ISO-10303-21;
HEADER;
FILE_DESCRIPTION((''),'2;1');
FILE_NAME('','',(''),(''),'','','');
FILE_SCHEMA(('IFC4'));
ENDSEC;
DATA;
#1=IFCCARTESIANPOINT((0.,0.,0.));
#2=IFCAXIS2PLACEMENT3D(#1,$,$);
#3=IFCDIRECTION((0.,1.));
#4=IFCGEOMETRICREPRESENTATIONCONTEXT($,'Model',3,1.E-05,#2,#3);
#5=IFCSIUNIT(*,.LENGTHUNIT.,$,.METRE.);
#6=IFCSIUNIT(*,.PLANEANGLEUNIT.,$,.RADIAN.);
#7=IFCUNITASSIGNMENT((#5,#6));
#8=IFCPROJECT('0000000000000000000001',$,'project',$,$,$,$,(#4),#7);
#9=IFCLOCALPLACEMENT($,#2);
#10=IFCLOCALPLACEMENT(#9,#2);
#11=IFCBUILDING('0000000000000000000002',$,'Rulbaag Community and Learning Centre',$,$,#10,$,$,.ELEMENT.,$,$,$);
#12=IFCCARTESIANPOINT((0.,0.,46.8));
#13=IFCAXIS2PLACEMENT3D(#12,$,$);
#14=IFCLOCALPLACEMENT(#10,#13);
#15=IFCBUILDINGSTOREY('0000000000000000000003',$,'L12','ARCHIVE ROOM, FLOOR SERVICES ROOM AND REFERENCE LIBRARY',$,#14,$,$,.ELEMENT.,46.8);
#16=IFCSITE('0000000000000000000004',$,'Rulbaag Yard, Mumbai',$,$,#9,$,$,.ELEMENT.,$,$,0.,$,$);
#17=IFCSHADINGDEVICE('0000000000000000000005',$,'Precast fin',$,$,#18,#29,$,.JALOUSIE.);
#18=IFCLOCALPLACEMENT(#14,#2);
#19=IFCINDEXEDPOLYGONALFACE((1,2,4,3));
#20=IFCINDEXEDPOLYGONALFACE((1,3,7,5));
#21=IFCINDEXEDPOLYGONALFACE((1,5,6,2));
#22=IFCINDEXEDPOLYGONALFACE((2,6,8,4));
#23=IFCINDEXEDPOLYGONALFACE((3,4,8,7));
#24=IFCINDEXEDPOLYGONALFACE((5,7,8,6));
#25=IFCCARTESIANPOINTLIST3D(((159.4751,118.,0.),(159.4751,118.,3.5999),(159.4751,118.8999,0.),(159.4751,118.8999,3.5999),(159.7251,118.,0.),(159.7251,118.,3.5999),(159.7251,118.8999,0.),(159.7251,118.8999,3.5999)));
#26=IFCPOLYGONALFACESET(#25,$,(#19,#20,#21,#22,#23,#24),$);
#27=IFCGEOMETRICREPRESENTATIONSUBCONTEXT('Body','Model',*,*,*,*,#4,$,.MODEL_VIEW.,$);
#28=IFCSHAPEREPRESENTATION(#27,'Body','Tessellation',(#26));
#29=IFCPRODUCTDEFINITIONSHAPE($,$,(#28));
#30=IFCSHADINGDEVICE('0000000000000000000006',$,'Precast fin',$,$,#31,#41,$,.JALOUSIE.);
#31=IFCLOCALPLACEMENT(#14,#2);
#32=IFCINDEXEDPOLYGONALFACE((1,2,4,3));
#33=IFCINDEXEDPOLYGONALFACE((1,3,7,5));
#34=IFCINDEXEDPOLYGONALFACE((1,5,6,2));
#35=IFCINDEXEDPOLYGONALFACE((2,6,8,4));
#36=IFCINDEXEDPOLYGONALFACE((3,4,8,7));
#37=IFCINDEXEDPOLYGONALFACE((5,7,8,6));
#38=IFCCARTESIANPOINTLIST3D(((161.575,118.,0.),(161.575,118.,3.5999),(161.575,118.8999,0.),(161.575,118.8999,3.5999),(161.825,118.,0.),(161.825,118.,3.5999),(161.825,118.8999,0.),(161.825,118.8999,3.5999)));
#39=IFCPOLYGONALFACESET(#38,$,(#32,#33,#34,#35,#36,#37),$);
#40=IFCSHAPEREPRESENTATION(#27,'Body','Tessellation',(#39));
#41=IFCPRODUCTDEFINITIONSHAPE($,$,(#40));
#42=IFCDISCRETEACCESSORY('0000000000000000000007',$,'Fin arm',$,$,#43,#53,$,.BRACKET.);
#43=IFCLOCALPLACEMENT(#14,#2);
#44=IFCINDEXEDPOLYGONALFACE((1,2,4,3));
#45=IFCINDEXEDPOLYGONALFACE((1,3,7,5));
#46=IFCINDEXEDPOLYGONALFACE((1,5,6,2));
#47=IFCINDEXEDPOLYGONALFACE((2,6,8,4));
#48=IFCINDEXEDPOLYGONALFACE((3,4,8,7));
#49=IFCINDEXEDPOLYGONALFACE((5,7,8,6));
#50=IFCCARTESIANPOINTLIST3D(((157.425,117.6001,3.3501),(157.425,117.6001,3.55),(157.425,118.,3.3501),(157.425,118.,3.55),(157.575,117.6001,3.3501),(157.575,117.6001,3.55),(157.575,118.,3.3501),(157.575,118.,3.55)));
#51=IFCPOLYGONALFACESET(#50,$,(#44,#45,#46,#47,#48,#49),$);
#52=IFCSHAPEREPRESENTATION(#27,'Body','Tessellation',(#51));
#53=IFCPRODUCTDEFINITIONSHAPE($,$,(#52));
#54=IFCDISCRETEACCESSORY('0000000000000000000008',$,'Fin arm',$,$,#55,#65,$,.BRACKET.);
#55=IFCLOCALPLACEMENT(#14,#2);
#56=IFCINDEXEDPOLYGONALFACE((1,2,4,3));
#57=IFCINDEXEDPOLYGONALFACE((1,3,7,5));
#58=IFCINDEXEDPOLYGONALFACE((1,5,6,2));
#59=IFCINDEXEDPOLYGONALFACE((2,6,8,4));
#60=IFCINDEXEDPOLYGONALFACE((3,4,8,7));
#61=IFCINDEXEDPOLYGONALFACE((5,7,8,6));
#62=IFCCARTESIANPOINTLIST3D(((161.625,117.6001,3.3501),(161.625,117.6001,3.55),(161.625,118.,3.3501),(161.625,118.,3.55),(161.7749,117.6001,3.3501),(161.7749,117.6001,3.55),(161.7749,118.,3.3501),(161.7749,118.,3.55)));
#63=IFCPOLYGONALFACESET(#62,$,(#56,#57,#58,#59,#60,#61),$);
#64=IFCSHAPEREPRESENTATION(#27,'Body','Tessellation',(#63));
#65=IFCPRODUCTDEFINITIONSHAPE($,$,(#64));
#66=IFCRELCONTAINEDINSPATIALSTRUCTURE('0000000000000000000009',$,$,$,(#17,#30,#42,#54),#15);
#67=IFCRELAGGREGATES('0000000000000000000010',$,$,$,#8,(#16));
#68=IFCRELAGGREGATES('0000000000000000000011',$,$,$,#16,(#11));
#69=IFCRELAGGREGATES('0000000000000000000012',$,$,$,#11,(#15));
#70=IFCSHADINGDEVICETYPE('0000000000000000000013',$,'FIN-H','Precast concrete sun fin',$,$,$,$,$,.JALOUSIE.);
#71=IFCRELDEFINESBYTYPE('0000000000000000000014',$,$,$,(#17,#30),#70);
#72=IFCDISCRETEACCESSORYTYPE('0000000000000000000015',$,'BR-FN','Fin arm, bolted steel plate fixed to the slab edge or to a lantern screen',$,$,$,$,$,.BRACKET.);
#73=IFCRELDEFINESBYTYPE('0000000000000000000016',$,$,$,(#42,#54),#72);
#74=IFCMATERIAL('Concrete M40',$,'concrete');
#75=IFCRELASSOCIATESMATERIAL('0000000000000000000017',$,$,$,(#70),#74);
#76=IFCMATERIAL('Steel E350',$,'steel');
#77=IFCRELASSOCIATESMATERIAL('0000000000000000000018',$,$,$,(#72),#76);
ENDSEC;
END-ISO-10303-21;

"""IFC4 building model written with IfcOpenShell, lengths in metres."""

from ifc_helpers import new_model, si_unit, direction, frame, origin, origin_2d, place, context, subcontext, project, spatial, rectangle, extrude, material, material_profile, profile_set, type_object, element, save


model = new_model("IFC4")

# Units and contexts
model_context = context("Model", 3, precision=1e-05, world=origin(), true_north=direction((0.0, 1.0)))
body_context = subcontext(model_context, "Body", "Model", "MODEL_VIEW")
ifc_project = project(units=[si_unit("LENGTHUNIT", "METRE"), si_unit("PLANEANGLEUNIT", "RADIAN")], contexts=[model_context])

# Site, building, storey
site_placement = place(None, origin())
site = spatial("IfcSite", under=ifc_project, at=site_placement, Name="Rulbaag Yard, Mumbai", CompositionType="ELEMENT", RefElevation=0.0)
building_placement = place(site_placement, origin())
building = spatial("IfcBuilding", under=site, at=building_placement, Name="Rulbaag Community and Learning Centre", CompositionType="ELEMENT")
storey_placement = place(building_placement, frame((0.0, 0.0, 46.8)))
storey = spatial("IfcBuildingStorey", under=building, at=storey_placement, Name="L12", Description="ARCHIVE ROOM, FLOOR SERVICES ROOM AND REFERENCE LIBRARY", CompositionType="ELEMENT", Elevation=46.8)

# Shared definitions
ifc_material_1 = material(Name="Concrete M40", Category="concrete")

# Shading devices
ifc_material_profile_1 = material_profile(ifc_material_1, rectangle(XDim=0.25, YDim=0.8999, at=origin_2d()), Name="PC 250x900")
ifc_profile_set_1 = profile_set([ifc_material_profile_1], Name="Concrete M40")
shading_device_type = type_object("IfcShadingDeviceType", Name="FIN-H", Description="Precast concrete sun fin", PredefinedType="JALOUSIE", material=ifc_profile_set_1)
for number, where, z_axis, x_axis, name in (
    (1, (159.6001, 118.45, 0.0), (0.0, 0.0, 1.0), (1.0, 0.0, 0.0), "Precast fin"),
    (2, (161.7, 118.45, 0.0), (0.0, 0.0, 1.0), (1.0, 0.0, 0.0), "Precast fin"),
):
    element("IfcShadingDevice", number, at=place(storey_placement, frame(where, z_axis=z_axis, x_axis=x_axis)), inside=storey, type_object=shading_device_type, Name=name, PredefinedType="JALOUSIE", context=body_context, shape_type="SweptSolid", body=[
        extrude(rectangle(XDim=0.25, YDim=0.8999, at=origin_2d()), origin(), (0.0, 0.0, 1.0), 3.5999),
    ])

# Discrete accessories
ifc_material_2 = material(Name="Steel E350", Category="steel")
discrete_accessory_type = type_object("IfcDiscreteAccessoryType", Name="BR-FN", Description="Fin arm, bolted steel plate fixed to the slab edge or to a lantern screen", PredefinedType="BRACKET", material=ifc_material_2)
for number, where, z_axis, x_axis, name in (
    (3, (157.5, 117.8, 3.3501), (0.0, 0.0, 1.0), (1.0, 0.0, 0.0), "Fin arm"),
    (4, (161.7, 117.8, 3.3501), (0.0, 0.0, 1.0), (1.0, 0.0, 0.0), "Fin arm"),
):
    element("IfcDiscreteAccessory", number, at=place(storey_placement, frame(where, z_axis=z_axis, x_axis=x_axis)), inside=storey, type_object=discrete_accessory_type, Name=name, PredefinedType="BRACKET", context=body_context, shape_type="SweptSolid", body=[
        extrude(rectangle(XDim=0.1499, YDim=0.3999, at=origin_2d()), origin(), (0.0, 0.0, 1.0), 0.2),
    ])

save(model, "model.ifc")
